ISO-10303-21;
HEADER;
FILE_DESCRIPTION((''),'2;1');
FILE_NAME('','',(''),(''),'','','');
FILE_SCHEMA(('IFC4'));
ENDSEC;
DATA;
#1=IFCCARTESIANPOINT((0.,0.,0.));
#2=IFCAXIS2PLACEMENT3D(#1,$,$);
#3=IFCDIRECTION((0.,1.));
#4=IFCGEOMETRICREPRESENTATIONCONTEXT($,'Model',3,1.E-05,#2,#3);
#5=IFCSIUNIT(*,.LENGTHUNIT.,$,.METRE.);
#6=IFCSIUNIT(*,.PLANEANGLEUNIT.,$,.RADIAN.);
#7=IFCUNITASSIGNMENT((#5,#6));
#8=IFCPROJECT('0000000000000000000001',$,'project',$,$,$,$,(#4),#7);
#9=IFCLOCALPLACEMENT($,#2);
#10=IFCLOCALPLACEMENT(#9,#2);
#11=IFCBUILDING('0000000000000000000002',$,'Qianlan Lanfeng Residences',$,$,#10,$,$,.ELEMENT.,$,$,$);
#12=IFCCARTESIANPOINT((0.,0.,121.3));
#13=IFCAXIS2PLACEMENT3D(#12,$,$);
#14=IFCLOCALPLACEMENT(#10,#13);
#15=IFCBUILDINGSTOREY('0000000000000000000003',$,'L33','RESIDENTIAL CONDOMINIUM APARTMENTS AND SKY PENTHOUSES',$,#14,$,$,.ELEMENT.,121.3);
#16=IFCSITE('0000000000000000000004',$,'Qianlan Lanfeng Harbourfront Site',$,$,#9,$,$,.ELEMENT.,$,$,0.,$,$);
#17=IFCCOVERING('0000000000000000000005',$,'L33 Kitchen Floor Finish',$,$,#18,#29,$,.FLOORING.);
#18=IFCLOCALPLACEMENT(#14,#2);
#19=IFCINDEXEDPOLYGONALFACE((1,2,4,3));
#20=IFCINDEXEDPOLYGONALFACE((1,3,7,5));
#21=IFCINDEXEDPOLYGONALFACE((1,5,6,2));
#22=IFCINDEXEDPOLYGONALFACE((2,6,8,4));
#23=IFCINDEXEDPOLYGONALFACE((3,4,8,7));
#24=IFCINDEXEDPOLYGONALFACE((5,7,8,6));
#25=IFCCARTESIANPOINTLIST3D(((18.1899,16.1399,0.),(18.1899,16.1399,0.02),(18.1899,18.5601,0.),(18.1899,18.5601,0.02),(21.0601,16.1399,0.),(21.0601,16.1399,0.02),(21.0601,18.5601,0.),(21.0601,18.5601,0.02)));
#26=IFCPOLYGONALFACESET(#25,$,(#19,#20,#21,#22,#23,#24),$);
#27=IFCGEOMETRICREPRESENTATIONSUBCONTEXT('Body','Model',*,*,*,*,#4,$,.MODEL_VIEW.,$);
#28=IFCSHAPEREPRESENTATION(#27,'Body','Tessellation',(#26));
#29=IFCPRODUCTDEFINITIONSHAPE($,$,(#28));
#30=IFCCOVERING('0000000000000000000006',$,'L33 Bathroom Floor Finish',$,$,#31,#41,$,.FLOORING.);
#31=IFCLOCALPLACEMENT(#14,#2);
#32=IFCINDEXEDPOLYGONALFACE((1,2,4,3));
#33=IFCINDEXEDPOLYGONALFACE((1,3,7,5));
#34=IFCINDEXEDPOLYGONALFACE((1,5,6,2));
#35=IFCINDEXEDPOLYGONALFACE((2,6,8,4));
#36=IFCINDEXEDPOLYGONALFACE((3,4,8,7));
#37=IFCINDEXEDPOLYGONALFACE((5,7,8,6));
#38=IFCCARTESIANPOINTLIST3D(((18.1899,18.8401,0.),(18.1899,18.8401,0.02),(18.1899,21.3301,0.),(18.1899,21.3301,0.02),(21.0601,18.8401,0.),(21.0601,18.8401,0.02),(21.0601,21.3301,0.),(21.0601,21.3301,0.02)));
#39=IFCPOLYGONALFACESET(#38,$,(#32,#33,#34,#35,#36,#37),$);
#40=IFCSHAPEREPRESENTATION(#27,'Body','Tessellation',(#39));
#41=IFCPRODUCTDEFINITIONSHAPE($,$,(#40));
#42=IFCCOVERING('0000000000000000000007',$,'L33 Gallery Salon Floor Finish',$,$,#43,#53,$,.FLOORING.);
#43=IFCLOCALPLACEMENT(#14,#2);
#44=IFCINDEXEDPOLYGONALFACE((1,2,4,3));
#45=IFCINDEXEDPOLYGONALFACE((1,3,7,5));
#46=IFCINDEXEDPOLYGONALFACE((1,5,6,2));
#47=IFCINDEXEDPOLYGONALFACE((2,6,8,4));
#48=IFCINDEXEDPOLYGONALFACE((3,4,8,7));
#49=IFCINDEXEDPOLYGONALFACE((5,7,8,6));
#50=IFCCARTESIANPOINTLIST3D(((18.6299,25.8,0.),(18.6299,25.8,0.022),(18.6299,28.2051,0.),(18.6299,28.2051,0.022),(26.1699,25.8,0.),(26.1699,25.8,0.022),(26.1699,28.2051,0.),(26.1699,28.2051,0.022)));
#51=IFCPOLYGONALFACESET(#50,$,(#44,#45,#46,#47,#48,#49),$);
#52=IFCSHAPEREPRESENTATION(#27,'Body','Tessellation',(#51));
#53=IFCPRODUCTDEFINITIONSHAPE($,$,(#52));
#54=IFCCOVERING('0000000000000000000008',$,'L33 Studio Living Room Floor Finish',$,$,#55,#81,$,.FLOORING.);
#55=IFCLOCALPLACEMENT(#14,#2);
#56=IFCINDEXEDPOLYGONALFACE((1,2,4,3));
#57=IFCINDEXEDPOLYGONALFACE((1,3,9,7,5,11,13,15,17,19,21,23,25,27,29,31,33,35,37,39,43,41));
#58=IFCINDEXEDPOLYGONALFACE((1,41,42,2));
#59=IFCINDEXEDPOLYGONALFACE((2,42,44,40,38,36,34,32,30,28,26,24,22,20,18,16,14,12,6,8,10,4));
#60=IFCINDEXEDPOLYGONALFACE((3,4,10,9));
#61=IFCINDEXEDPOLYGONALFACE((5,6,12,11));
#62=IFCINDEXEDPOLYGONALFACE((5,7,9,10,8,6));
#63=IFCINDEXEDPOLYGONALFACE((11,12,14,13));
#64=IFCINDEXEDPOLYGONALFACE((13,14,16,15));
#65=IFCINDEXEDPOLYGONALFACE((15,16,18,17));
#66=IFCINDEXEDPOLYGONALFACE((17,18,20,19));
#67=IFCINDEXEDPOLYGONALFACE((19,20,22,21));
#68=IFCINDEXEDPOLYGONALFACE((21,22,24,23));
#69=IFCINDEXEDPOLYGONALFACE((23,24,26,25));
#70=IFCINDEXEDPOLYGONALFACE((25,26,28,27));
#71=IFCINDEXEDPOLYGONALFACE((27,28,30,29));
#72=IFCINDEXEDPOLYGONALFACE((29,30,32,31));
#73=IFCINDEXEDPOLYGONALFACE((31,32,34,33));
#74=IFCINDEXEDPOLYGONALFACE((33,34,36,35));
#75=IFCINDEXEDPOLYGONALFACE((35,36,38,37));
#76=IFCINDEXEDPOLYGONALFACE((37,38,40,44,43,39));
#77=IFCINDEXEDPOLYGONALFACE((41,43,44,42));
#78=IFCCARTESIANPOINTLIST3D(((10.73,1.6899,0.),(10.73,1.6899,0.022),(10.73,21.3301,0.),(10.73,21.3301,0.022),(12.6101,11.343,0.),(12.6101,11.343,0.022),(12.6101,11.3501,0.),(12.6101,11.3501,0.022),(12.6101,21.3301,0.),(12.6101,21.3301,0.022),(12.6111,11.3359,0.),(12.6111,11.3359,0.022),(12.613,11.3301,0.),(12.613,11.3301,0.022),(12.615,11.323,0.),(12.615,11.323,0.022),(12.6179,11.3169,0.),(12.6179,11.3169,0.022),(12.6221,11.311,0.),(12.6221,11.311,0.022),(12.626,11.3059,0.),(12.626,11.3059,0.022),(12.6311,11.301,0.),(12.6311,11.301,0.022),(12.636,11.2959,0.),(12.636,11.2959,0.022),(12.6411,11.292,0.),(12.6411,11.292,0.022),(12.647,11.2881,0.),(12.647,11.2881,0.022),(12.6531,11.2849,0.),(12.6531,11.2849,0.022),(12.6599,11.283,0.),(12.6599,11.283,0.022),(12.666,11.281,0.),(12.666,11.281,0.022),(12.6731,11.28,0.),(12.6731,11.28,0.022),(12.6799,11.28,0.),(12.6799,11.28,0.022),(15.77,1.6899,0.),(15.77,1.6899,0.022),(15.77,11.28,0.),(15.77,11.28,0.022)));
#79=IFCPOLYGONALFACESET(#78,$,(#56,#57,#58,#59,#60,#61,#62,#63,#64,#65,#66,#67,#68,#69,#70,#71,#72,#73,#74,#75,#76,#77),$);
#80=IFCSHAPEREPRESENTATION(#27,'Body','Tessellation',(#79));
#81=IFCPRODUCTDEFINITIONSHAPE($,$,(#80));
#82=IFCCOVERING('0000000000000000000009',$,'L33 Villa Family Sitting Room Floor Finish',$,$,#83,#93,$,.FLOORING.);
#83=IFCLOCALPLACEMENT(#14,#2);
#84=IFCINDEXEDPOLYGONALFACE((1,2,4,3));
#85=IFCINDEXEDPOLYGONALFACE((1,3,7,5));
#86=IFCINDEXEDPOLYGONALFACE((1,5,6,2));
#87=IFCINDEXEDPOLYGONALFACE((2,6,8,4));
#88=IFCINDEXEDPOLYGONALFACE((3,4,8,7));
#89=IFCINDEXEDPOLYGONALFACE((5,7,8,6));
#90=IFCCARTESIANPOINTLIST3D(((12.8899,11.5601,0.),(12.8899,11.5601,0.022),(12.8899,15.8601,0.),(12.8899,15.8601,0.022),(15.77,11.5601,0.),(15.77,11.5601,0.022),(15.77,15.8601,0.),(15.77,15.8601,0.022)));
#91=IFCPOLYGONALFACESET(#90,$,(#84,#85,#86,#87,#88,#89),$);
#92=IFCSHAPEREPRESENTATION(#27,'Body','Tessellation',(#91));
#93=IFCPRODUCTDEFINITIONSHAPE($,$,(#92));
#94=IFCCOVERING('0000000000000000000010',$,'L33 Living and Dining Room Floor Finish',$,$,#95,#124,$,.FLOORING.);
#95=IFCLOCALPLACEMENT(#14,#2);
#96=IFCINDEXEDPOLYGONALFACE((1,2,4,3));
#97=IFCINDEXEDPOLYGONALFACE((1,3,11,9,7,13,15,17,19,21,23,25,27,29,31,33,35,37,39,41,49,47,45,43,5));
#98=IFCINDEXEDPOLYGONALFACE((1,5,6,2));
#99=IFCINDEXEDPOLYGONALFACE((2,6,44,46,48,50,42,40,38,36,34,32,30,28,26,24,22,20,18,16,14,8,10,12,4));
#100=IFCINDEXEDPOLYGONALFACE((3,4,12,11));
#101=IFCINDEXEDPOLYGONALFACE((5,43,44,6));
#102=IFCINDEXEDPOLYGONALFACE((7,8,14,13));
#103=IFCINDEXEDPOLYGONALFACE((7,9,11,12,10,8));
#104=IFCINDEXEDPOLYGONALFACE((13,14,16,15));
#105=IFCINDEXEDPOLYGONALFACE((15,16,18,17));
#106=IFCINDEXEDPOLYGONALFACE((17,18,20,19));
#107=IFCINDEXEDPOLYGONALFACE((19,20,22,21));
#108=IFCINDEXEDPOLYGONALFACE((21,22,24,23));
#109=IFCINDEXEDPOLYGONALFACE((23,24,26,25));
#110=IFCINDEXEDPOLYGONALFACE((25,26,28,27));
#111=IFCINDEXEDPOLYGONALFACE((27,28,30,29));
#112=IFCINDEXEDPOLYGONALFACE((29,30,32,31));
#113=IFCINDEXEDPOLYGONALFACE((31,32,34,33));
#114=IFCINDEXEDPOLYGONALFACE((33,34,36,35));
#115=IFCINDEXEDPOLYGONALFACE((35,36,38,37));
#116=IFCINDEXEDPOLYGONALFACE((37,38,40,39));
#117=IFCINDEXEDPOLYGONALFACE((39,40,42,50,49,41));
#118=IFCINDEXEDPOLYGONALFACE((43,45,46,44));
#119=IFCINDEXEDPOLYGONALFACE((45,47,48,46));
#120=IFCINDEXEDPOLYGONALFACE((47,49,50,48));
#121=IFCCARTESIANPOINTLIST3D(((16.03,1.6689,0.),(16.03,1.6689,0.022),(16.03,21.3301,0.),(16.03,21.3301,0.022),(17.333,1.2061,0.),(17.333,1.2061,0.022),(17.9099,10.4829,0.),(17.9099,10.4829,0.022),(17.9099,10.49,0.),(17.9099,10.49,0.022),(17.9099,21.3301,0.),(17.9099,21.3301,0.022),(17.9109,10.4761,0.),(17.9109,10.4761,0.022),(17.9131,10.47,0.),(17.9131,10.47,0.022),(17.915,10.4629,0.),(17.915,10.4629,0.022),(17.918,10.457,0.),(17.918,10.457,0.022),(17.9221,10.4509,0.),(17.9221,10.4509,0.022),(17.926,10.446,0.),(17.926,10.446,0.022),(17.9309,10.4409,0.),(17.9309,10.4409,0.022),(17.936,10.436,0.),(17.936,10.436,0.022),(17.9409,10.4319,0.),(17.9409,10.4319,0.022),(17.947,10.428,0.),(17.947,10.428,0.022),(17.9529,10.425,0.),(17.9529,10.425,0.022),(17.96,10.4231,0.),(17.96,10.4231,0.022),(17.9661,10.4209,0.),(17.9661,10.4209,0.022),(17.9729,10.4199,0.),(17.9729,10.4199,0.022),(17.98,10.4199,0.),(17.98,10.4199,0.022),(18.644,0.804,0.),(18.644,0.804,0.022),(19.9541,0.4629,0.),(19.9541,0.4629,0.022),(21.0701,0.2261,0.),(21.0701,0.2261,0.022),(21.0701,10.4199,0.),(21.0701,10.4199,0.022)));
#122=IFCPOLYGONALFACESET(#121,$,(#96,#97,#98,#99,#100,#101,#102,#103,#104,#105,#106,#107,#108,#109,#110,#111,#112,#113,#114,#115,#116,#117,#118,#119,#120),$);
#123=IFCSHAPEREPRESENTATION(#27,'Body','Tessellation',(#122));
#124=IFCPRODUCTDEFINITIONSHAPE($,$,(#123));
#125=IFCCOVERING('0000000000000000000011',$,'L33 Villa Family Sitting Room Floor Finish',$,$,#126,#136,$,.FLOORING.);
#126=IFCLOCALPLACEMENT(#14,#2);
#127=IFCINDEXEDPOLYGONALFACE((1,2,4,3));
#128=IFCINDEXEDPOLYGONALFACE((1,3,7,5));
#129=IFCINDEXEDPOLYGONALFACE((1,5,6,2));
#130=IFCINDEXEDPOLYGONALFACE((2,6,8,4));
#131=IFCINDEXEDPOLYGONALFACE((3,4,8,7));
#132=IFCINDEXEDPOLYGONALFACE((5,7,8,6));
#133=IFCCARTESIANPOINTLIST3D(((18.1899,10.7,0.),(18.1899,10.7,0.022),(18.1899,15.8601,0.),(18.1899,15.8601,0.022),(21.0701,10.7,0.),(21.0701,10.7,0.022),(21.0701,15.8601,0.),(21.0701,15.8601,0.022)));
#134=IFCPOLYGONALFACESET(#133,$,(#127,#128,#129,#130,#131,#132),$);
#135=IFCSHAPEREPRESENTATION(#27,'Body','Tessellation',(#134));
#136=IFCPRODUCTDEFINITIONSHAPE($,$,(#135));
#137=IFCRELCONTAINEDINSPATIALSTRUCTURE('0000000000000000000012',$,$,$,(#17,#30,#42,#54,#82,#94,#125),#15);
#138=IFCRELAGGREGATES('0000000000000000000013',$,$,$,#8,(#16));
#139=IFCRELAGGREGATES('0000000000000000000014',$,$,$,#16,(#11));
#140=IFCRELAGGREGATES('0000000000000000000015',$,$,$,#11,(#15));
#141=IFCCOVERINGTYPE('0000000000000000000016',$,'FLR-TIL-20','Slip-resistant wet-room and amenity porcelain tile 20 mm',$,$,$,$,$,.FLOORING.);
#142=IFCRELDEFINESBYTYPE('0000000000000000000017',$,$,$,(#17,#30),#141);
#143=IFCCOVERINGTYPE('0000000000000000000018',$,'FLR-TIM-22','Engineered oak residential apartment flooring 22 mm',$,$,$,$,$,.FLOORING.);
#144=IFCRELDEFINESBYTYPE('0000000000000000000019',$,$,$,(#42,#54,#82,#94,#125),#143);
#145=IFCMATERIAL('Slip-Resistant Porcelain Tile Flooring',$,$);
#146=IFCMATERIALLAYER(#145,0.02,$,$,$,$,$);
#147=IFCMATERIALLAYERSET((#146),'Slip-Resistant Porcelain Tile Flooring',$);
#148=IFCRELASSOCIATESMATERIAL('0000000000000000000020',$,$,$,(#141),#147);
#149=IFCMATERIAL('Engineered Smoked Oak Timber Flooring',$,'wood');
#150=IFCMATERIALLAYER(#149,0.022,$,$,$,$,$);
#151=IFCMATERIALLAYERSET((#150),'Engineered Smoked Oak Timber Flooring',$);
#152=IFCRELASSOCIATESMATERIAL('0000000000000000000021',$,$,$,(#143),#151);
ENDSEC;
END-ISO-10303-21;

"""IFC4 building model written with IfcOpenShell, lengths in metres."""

from ifc_helpers import new_model, si_unit, direction, frame, origin, place, context, subcontext, project, spatial, polyline, outline, extrude, material, layer, layer_set, type_object, element, save


model = new_model("IFC4")

# Units and contexts
model_context = context("Model", 3, precision=1e-05, world=origin(), true_north=direction((0.0, 1.0)))
body_context = subcontext(model_context, "Body", "Model", "MODEL_VIEW")
ifc_project = project(units=[si_unit("LENGTHUNIT", "METRE"), si_unit("PLANEANGLEUNIT", "RADIAN")], contexts=[model_context])

# Site, building, storey
site_placement = place(None, origin())
site = spatial("IfcSite", under=ifc_project, at=site_placement, Name="Qianlan Lanfeng Harbourfront Site", CompositionType="ELEMENT", RefElevation=0.0)
building_placement = place(site_placement, origin())
building = spatial("IfcBuilding", under=site, at=building_placement, Name="Qianlan Lanfeng Residences", CompositionType="ELEMENT")
storey_placement = place(building_placement, frame((0.0, 0.0, 121.3)))
storey = spatial("IfcBuildingStorey", under=building, at=storey_placement, Name="L33", Description="RESIDENTIAL CONDOMINIUM APARTMENTS AND SKY PENTHOUSES", CompositionType="ELEMENT", Elevation=121.3)

# Coverings
ifc_material_1 = material(Name="Slip-Resistant Porcelain Tile Flooring")
ifc_layer_1 = layer(ifc_material_1, 0.02)
ifc_layer_set_1 = layer_set([ifc_layer_1], Name="Slip-Resistant Porcelain Tile Flooring")
covering_type_1 = type_object("IfcCoveringType", Name="FLR-TIL-20", Description="Slip-resistant wet-room and amenity porcelain tile 20 mm", PredefinedType="FLOORING", material=ifc_layer_set_1)
covering_1_placement = place(storey_placement, origin())
element("IfcCovering", 1, at=covering_1_placement, inside=storey, type_object=covering_type_1, Name="L33 Kitchen Floor Finish", PredefinedType="FLOORING", context=body_context, shape_type="SweptSolid", body=[
    extrude(outline(polyline([(18.1899, 16.1399), (21.0601, 16.1399), (21.0601, 18.5601), (18.1899, 18.5601), (18.1899, 16.1399)])), origin(), (0.0, 0.0, 1.0), 0.02),
])
covering_2_placement = place(storey_placement, origin())
element("IfcCovering", 2, at=covering_2_placement, inside=storey, type_object=covering_type_1, Name="L33 Bathroom Floor Finish", PredefinedType="FLOORING", context=body_context, shape_type="SweptSolid", body=[
    extrude(outline(polyline([(18.1899, 18.8401), (21.0601, 18.8401), (21.0601, 21.3301), (18.1899, 21.3301), (18.1899, 18.8401)])), origin(), (0.0, 0.0, 1.0), 0.02),
])
ifc_material_2 = material(Name="Engineered Smoked Oak Timber Flooring", Category="wood")
ifc_layer_2 = layer(ifc_material_2, 0.022)
ifc_layer_set_2 = layer_set([ifc_layer_2], Name="Engineered Smoked Oak Timber Flooring")
covering_type_2 = type_object("IfcCoveringType", Name="FLR-TIM-22", Description="Engineered oak residential apartment flooring 22 mm", PredefinedType="FLOORING", material=ifc_layer_set_2)
covering_3_placement = place(storey_placement, origin())
element("IfcCovering", 3, at=covering_3_placement, inside=storey, type_object=covering_type_2, Name="L33 Gallery Salon Floor Finish", PredefinedType="FLOORING", context=body_context, shape_type="SweptSolid", body=[
    extrude(outline(polyline([(18.6299, 25.8), (26.1699, 25.8), (26.1699, 28.2051), (18.6299, 28.2051), (18.6299, 25.8)])), origin(), (0.0, 0.0, 1.0), 0.022),
])
covering_4_placement = place(storey_placement, origin())
element("IfcCovering", 4, at=covering_4_placement, inside=storey, type_object=covering_type_2, Name="L33 Studio Living Room Floor Finish", PredefinedType="FLOORING", context=body_context, shape_type="SweptSolid", body=[
    extrude(outline(polyline([(15.77, 1.6899), (15.77, 11.28), (12.6799, 11.28), (12.6731, 11.28), (12.666, 11.281), (12.6599, 11.283), (12.6531, 11.2849), (12.647, 11.2881), (12.6411, 11.292), (12.636, 11.2959), (12.6311, 11.301), (12.626, 11.3059), (12.6221, 11.311), (12.6179, 11.3169), (12.615, 11.323), (12.613, 11.3301), (12.6111, 11.3359), (12.6101, 11.343), (12.6101, 11.3501), (12.6101, 21.3301), (10.73, 21.3301), (10.73, 1.6899), (15.77, 1.6899)])), origin(), (0.0, 0.0, 1.0), 0.022),
])
covering_5_placement = place(storey_placement, origin())
element("IfcCovering", 5, at=covering_5_placement, inside=storey, type_object=covering_type_2, Name="L33 Villa Family Sitting Room Floor Finish", PredefinedType="FLOORING", context=body_context, shape_type="SweptSolid", body=[
    extrude(outline(polyline([(12.8899, 15.8601), (12.8899, 11.5601), (15.77, 11.5601), (15.77, 15.8601), (12.8899, 15.8601)])), origin(), (0.0, 0.0, 1.0), 0.022),
])
covering_6_placement = place(storey_placement, origin())
element("IfcCovering", 6, at=covering_6_placement, inside=storey, type_object=covering_type_2, Name="L33 Living and Dining Room Floor Finish", PredefinedType="FLOORING", context=body_context, shape_type="SweptSolid", body=[
    extrude(outline(polyline([(21.0701, 0.2261), (21.0701, 10.4199), (17.98, 10.4199), (17.9729, 10.4199), (17.9661, 10.4209), (17.96, 10.4231), (17.9529, 10.425), (17.947, 10.428), (17.9409, 10.4319), (17.936, 10.436), (17.9309, 10.4409), (17.926, 10.446), (17.9221, 10.4509), (17.918, 10.457), (17.915, 10.4629), (17.9131, 10.47), (17.9109, 10.4761), (17.9099, 10.4829), (17.9099, 10.49), (17.9099, 21.3301), (16.03, 21.3301), (16.03, 1.6689), (17.333, 1.2061), (18.644, 0.804), (19.9541, 0.4629), (21.0701, 0.2261)])), origin(), (0.0, 0.0, 1.0), 0.022),
])
covering_7_placement = place(storey_placement, origin())
element("IfcCovering", 7, at=covering_7_placement, inside=storey, type_object=covering_type_2, Name="L33 Villa Family Sitting Room Floor Finish", PredefinedType="FLOORING", context=body_context, shape_type="SweptSolid", body=[
    extrude(outline(polyline([(18.1899, 15.8601), (18.1899, 10.7), (21.0701, 10.7), (21.0701, 15.8601), (18.1899, 15.8601)])), origin(), (0.0, 0.0, 1.0), 0.022),
])

save(model, "model.ifc")
